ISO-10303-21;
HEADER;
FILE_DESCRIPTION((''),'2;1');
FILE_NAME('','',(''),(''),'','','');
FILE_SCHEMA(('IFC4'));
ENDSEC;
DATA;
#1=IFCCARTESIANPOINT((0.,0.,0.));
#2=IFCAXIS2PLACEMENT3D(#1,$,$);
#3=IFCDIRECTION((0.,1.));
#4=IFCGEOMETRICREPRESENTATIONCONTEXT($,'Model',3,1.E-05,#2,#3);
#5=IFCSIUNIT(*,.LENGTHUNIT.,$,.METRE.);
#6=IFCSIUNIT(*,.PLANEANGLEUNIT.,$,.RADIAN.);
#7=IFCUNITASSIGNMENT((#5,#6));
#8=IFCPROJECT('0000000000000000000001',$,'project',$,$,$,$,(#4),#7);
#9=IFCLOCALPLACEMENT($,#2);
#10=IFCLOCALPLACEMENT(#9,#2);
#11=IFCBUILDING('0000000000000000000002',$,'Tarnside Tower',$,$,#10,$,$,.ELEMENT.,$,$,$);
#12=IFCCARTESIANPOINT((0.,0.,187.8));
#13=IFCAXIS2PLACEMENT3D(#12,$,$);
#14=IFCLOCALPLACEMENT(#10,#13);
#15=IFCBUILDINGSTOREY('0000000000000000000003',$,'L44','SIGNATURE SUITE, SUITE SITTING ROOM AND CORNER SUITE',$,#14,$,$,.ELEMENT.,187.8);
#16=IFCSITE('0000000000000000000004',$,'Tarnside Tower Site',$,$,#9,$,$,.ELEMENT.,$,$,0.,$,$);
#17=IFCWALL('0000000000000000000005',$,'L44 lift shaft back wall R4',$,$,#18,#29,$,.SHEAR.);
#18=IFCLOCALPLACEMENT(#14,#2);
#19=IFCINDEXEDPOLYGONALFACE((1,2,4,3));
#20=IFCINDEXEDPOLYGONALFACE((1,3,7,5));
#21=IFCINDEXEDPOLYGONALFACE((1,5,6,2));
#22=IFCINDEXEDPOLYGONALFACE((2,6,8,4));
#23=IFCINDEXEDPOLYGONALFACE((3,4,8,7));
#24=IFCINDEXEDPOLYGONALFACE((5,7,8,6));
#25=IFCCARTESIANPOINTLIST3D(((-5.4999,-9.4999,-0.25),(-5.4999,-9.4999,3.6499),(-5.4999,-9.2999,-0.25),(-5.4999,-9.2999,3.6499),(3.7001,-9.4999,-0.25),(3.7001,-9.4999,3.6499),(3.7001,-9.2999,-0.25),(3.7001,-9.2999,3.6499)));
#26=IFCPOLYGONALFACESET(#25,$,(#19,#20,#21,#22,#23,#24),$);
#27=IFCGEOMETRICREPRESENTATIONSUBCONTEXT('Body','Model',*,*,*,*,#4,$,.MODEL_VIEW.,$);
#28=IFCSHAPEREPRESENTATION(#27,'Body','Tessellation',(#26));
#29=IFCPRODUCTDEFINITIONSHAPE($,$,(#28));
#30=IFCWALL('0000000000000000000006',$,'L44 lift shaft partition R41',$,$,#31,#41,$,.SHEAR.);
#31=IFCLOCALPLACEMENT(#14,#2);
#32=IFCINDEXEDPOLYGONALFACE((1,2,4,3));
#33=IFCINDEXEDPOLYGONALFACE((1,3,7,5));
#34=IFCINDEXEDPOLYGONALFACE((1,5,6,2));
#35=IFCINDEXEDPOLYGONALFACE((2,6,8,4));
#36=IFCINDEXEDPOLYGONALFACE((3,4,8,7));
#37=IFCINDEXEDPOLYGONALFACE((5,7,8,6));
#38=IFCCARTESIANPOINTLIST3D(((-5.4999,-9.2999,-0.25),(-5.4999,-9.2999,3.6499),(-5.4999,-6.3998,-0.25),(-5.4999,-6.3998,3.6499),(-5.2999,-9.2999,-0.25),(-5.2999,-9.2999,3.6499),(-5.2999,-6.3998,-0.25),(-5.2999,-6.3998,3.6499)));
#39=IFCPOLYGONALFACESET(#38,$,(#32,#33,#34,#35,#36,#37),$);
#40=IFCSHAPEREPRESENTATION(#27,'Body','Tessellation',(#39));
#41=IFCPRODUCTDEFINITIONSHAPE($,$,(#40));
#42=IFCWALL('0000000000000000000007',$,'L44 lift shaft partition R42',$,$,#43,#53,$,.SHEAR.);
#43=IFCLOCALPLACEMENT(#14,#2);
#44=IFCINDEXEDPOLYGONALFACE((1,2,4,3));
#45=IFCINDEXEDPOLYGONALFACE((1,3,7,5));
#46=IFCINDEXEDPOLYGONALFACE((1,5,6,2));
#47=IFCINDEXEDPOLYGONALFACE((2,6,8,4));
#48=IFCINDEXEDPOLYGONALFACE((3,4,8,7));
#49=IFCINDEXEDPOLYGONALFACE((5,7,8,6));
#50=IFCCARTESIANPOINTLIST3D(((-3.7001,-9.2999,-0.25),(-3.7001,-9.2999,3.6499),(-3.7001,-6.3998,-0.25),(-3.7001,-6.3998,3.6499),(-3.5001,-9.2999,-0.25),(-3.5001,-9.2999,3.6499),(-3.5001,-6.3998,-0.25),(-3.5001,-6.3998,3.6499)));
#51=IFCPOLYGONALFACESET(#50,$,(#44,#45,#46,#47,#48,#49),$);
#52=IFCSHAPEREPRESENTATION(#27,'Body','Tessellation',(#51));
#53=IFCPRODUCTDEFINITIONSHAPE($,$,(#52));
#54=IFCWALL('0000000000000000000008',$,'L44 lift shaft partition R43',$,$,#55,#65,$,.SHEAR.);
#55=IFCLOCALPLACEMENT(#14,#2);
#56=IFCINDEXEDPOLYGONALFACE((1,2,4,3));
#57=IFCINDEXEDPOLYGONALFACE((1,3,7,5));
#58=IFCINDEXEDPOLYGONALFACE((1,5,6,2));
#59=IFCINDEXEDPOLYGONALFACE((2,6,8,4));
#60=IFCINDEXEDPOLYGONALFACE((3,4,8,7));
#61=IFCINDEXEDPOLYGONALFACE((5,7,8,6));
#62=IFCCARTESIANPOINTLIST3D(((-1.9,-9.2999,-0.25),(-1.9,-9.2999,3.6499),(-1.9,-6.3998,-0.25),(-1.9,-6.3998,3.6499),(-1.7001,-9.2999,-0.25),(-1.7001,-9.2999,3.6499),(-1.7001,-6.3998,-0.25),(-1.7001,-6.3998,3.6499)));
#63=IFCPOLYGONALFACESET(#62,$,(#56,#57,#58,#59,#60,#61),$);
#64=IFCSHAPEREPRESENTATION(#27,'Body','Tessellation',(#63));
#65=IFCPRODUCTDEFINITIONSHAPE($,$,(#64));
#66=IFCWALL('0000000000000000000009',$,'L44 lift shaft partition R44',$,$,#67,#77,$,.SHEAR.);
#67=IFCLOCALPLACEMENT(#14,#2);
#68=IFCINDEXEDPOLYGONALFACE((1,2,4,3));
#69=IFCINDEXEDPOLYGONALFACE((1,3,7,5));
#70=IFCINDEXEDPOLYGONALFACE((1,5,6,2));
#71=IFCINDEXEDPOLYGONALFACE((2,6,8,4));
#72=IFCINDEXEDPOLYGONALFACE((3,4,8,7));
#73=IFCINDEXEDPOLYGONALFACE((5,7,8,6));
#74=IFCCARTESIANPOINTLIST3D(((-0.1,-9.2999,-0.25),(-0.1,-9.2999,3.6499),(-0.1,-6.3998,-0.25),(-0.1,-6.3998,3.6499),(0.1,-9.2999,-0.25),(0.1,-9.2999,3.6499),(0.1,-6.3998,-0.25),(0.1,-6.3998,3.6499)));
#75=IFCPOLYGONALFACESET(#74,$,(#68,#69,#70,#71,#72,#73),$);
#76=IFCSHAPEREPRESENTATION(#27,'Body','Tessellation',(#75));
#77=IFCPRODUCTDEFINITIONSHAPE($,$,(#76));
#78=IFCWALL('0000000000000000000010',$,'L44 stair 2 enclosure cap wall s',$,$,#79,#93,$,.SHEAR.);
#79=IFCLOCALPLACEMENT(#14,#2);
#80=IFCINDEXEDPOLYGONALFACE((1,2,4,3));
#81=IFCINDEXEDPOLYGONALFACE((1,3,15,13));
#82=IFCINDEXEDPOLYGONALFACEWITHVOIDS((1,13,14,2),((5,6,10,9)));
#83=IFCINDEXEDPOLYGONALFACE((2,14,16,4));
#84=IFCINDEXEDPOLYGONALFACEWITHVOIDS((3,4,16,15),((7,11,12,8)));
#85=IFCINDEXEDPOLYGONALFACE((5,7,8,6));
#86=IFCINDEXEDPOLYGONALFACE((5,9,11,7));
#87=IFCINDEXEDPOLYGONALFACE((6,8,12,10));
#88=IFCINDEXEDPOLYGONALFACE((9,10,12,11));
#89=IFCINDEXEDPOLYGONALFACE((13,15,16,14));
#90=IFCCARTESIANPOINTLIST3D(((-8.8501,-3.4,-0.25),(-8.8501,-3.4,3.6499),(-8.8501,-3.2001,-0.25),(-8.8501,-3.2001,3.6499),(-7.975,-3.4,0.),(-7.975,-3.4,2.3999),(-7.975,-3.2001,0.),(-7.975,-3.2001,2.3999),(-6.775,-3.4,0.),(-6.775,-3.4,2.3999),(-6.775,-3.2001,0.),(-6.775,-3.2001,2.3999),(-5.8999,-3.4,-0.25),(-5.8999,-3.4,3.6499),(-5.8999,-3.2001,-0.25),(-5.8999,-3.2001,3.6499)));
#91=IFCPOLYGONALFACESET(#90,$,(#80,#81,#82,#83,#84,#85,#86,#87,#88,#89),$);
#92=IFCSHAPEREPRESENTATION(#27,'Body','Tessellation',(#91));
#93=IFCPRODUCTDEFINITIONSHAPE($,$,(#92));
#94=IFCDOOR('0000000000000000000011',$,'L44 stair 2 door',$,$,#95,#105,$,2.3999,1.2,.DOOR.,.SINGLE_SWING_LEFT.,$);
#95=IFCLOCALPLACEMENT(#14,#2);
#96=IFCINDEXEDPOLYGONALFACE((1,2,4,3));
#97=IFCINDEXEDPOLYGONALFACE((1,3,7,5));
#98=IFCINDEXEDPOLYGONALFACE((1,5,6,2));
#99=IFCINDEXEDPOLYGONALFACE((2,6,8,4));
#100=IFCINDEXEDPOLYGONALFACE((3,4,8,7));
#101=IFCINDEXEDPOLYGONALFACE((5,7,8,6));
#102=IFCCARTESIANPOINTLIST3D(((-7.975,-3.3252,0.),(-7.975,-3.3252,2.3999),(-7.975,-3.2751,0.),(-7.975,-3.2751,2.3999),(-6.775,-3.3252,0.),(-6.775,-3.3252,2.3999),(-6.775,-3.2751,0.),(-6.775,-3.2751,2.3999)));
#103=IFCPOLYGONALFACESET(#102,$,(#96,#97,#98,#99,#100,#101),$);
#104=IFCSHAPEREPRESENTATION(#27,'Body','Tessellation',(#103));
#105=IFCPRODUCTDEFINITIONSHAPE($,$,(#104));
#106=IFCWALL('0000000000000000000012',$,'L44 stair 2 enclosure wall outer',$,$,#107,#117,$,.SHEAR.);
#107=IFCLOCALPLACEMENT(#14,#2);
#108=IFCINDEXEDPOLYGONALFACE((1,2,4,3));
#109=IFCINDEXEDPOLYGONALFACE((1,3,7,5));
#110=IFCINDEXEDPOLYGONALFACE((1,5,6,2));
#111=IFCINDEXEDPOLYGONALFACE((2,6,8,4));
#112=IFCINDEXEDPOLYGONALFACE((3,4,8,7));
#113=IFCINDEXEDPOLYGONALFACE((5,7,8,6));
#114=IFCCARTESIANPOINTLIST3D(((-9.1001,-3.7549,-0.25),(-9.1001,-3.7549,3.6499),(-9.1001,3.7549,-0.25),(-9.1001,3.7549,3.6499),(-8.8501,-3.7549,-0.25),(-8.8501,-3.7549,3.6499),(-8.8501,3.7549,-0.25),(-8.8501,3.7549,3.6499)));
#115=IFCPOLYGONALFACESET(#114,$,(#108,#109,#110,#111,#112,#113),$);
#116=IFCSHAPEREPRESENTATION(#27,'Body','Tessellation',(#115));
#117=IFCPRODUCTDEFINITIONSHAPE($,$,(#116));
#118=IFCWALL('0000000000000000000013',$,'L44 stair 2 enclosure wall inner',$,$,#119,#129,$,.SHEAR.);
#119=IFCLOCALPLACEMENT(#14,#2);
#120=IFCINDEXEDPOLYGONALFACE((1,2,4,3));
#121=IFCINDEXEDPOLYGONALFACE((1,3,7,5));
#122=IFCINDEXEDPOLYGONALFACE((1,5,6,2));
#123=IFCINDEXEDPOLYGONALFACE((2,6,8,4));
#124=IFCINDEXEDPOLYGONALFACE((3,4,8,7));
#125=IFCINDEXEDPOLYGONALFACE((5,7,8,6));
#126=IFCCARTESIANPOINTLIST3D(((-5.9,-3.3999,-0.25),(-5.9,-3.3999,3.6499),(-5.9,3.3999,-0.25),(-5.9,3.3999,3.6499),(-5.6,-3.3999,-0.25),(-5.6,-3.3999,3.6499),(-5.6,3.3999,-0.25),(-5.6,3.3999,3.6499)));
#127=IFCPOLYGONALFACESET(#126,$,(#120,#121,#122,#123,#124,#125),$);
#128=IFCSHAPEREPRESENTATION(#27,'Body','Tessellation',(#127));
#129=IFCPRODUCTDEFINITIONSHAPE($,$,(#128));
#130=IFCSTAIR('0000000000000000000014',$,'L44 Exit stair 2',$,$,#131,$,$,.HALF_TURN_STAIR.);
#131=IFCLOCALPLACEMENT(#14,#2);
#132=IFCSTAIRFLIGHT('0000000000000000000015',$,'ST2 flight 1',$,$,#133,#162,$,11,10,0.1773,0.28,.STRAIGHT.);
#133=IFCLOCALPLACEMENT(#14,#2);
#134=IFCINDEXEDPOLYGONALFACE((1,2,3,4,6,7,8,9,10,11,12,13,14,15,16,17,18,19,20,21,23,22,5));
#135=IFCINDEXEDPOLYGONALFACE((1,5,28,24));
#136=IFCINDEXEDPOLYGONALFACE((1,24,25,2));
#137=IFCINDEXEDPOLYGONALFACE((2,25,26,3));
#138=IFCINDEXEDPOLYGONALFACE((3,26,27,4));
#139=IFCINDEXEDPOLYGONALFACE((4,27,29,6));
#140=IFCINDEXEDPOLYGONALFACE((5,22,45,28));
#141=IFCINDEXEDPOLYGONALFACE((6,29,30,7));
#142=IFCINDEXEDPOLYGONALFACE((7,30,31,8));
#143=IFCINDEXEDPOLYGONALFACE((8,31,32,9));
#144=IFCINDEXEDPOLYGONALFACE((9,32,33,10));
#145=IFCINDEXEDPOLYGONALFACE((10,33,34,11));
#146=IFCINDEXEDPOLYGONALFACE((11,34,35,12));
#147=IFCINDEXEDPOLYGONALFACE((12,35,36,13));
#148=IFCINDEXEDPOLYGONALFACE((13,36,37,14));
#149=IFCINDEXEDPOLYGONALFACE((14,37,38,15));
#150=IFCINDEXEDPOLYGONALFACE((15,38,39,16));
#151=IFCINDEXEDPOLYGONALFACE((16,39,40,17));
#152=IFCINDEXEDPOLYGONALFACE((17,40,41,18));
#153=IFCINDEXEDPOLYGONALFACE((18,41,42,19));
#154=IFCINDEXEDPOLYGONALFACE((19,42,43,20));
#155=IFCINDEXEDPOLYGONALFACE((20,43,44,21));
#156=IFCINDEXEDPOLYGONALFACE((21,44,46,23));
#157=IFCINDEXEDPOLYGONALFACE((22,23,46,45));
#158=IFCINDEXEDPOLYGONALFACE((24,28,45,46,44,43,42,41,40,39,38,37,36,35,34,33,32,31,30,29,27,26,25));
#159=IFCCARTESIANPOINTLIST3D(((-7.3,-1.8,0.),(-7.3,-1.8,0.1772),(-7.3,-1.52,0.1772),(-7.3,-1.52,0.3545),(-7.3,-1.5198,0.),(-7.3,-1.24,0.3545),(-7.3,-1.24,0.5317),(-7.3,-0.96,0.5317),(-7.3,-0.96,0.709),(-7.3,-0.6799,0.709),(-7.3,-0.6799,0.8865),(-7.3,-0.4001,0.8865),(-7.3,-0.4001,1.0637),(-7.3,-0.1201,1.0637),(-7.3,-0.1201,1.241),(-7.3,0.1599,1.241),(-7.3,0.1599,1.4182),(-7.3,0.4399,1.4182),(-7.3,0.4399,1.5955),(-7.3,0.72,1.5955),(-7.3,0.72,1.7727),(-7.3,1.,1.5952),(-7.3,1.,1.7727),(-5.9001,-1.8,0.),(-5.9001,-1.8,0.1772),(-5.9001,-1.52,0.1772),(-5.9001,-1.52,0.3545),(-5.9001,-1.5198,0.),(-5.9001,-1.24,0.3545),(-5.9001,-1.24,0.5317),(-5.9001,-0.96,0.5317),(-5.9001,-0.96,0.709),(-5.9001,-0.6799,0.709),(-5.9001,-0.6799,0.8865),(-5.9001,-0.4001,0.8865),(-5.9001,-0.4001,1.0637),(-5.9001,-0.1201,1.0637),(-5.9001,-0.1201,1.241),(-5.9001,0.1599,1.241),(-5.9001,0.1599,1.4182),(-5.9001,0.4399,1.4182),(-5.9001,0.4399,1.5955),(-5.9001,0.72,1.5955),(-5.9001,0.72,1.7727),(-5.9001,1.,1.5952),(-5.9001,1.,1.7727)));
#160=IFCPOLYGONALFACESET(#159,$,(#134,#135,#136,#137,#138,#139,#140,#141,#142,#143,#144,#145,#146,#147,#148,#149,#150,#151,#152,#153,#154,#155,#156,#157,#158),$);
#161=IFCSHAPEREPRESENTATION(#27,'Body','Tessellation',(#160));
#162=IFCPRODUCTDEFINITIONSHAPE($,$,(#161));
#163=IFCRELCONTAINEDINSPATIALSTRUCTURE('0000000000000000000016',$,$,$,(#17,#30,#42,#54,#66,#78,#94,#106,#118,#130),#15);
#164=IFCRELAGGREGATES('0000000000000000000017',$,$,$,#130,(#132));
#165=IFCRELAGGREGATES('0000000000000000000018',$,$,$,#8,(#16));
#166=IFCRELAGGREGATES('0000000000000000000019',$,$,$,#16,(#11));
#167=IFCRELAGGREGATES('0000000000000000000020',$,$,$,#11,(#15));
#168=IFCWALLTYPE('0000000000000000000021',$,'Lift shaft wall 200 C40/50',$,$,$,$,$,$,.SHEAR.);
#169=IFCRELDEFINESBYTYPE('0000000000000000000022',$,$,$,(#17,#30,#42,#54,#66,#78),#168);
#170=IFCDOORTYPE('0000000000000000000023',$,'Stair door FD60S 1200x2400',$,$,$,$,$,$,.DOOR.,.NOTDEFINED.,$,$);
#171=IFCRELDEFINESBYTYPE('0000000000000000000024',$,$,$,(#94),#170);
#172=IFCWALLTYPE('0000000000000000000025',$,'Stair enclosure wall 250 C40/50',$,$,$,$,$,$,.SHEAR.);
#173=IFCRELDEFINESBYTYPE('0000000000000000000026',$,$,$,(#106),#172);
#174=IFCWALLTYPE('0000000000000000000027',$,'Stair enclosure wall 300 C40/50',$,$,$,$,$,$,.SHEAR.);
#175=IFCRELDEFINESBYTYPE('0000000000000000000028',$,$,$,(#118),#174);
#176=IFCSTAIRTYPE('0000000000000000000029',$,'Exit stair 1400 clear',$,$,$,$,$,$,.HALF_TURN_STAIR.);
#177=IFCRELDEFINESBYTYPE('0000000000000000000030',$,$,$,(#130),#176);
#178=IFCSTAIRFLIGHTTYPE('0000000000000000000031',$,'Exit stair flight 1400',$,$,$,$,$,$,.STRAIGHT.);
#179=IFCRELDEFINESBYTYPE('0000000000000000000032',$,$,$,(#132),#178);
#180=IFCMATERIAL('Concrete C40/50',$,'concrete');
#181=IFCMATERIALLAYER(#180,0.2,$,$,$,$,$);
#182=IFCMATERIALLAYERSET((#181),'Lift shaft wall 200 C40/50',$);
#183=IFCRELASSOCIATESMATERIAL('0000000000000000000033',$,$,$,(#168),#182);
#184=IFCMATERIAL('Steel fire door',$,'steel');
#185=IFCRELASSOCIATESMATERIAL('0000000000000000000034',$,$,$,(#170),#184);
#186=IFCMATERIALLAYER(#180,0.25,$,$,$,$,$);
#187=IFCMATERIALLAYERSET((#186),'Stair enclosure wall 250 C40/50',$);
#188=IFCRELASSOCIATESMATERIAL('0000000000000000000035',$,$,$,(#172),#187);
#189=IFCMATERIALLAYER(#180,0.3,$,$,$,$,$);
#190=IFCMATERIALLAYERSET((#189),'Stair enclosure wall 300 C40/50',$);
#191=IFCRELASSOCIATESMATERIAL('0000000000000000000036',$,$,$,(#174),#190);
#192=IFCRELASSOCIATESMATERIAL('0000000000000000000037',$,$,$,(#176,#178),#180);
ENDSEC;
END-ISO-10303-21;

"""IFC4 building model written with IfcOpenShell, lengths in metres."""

from ifc_helpers import new_model, si_unit, direction, frame, frame_2d, origin, place, context, subcontext, project, spatial, polyline, rectangle, outline, extrude, material, layer, layer_set, type_object, element, fill, aggregate, save


model = new_model("IFC4")

# Units and contexts
model_context = context("Model", 3, precision=1e-05, world=origin(), true_north=direction((0.0, 1.0)))
body_context = subcontext(model_context, "Body", "Model", "MODEL_VIEW")
ifc_project = project(units=[si_unit("LENGTHUNIT", "METRE"), si_unit("PLANEANGLEUNIT", "RADIAN")], contexts=[model_context])

# Site, building, storey
site_placement = place(None, origin())
site = spatial("IfcSite", under=ifc_project, at=site_placement, Name="Tarnside Tower Site", CompositionType="ELEMENT", RefElevation=0.0)
building_placement = place(site_placement, origin())
building = spatial("IfcBuilding", under=site, at=building_placement, Name="Tarnside Tower", CompositionType="ELEMENT")
storey_placement = place(building_placement, frame((0.0, 0.0, 187.8)))
storey = spatial("IfcBuildingStorey", under=building, at=storey_placement, Name="L44", Description="SIGNATURE SUITE, SUITE SITTING ROOM AND CORNER SUITE", CompositionType="ELEMENT", Elevation=187.8)

# Shared definitions
ifc_material_1 = material(Name="Concrete C40/50", Category="concrete")
ifc_material_2 = material(Name="Steel fire door", Category="steel")

# Shared definitions
ifc_layer_1 = layer(ifc_material_1, 0.2)
ifc_layer_set_1 = layer_set([ifc_layer_1], Name="Lift shaft wall 200 C40/50")
wall_type_1 = type_object("IfcWallType", Name="Lift shaft wall 200 C40/50", PredefinedType="SHEAR", material=ifc_layer_set_1)

# Walls
wall_1_placement = place(storey_placement, frame((-5.5, -9.3999, -0.25), z_axis=(0.0, 0.0, 1.0), x_axis=(1.0, 0.0, 0.0)))
element("IfcWall", 1, at=wall_1_placement, inside=storey, type_object=wall_type_1, Name="L44 lift shaft back wall R4", PredefinedType="SHEAR", context=body_context, shape_type="SweptSolid", body=[
    extrude(rectangle(XDim=9.2, YDim=0.2, at=frame_2d((4.6001, 0.0))), origin(), (0.0, 0.0, 1.0), 3.8999),
])
for number, where, z_axis, x_axis, name in (
    (2, (-5.3999, -9.3, -0.25), (0.0, 0.0, 1.0), (0.0, 1.0, 0.0), "L44 lift shaft partition R41"),
    (3, (-3.6001, -9.3, -0.25), (0.0, 0.0, 1.0), (0.0, 1.0, 0.0), "L44 lift shaft partition R42"),
    (4, (-1.8, -9.3, -0.25), (0.0, 0.0, 1.0), (0.0, 1.0, 0.0), "L44 lift shaft partition R43"),
    (5, (0.0, -9.3, -0.25), (0.0, 0.0, 1.0), (0.0, 1.0, 0.0), "L44 lift shaft partition R44"),
):
    element("IfcWall", number, at=place(storey_placement, frame(where, z_axis=z_axis, x_axis=x_axis)), inside=storey, type_object=wall_type_1, Name=name, PredefinedType="SHEAR", context=body_context, shape_type="SweptSolid", body=[
        extrude(rectangle(XDim=2.9001, YDim=0.2, at=frame_2d((1.4502, 0.0))), origin(), (0.0, 0.0, 1.0), 3.8999),
    ])

# Wall, opening, door
wall_2_placement = place(storey_placement, frame((-8.8501, -3.3, -0.25), z_axis=(0.0, 0.0, 1.0), x_axis=(1.0, 0.0, 0.0)))
wall_2 = element("IfcWall", 6, at=wall_2_placement, inside=storey, type_object=wall_type_1, Name="L44 stair 2 enclosure cap wall s", PredefinedType="SHEAR", context=body_context, shape_type="SweptSolid", body=[
    extrude(rectangle(XDim=2.9502, YDim=0.2, at=frame_2d((1.4751, 0.0))), origin(), (0.0, 0.0, 1.0), 3.8999),
])
opening_1_placement = place(wall_2_placement, frame((0.875, 0.0, 0.25)))
opening_1 = element("IfcOpeningElement", 7, at=opening_1_placement, cuts=wall_2, PredefinedType="OPENING", context=body_context, shape_type="SweptSolid", body=[
    extrude(rectangle(XDim=1.2, YDim=2.3999, at=frame_2d((0.6001, 1.2))), frame((0.0, 0.1099, 0.0), z_axis=(0.0, -1.0, 0.0), x_axis=(1.0, 0.0, 0.0)), (0.0, 0.0, 1.0), 0.22),
])
door_type_1 = type_object("IfcDoorType", Name="Stair door FD60S 1200x2400", OperationType="NOTDEFINED", PredefinedType="DOOR", material=ifc_material_2)
door_1_placement = place(opening_1_placement, origin())
door_1 = element("IfcDoor", 8, at=door_1_placement, inside=storey, type_object=door_type_1, Name="L44 stair 2 door", OperationType="SINGLE_SWING_LEFT", OverallHeight=2.3999, OverallWidth=1.2, PredefinedType="DOOR", context=body_context, shape_type="SweptSolid", body=[
    extrude(rectangle(XDim=1.2, YDim=2.3999, at=frame_2d((0.6001, 1.2))), frame((0.0, 0.0249, 0.0), z_axis=(0.0, -1.0, 0.0), x_axis=(1.0, 0.0, 0.0)), (0.0, 0.0, 1.0), 0.05),
])
fill(opening_1, door_1)

# Walls
ifc_layer_2 = layer(ifc_material_1, 0.25)
ifc_layer_set_2 = layer_set([ifc_layer_2], Name="Stair enclosure wall 250 C40/50")
wall_type_2 = type_object("IfcWallType", Name="Stair enclosure wall 250 C40/50", PredefinedType="SHEAR", material=ifc_layer_set_2)
wall_3_placement = place(storey_placement, frame((-8.9751, -3.7549, -0.25), z_axis=(0.0, 0.0, 1.0), x_axis=(0.0, 1.0, 0.0)))
element("IfcWall", 9, at=wall_3_placement, inside=storey, type_object=wall_type_2, Name="L44 stair 2 enclosure wall outer", PredefinedType="SHEAR", context=body_context, shape_type="SweptSolid", body=[
    extrude(rectangle(XDim=7.5098, YDim=0.25, at=frame_2d((3.7549, 0.0))), origin(), (0.0, 0.0, 1.0), 3.8999),
])
ifc_layer_3 = layer(ifc_material_1, 0.3)
ifc_layer_set_3 = layer_set([ifc_layer_3], Name="Stair enclosure wall 300 C40/50")
wall_type_3 = type_object("IfcWallType", Name="Stair enclosure wall 300 C40/50", PredefinedType="SHEAR", material=ifc_layer_set_3)
wall_4_placement = place(storey_placement, frame((-5.75, -3.3999, -0.25), z_axis=(0.0, 0.0, 1.0), x_axis=(0.0, 1.0, 0.0)))
element("IfcWall", 10, at=wall_4_placement, inside=storey, type_object=wall_type_3, Name="L44 stair 2 enclosure wall inner", PredefinedType="SHEAR", context=body_context, shape_type="SweptSolid", body=[
    extrude(rectangle(XDim=6.7998, YDim=0.3, at=frame_2d((3.3999, 0.0))), origin(), (0.0, 0.0, 1.0), 3.8999),
])

# Stair, stair flight
stair_type = type_object("IfcStairType", Name="Exit stair 1400 clear", PredefinedType="HALF_TURN_STAIR", material=ifc_material_1)
stair_placement = place(storey_placement, origin())
stair = element("IfcStair", 11, at=stair_placement, inside=storey, type_object=stair_type, Name="L44 Exit stair 2", PredefinedType="HALF_TURN_STAIR")
stair_flight_type = type_object("IfcStairFlightType", Name="Exit stair flight 1400", PredefinedType="STRAIGHT", material=ifc_material_1)
stair_flight_placement = place(storey_placement, frame((-6.6001, -1.8, 0.0), z_axis=(0.0, 0.0, 1.0), x_axis=(0.0, 1.0, 0.0)))
stair_flight = element("IfcStairFlight", 12, at=stair_flight_placement, type_object=stair_flight_type, Name="ST2 flight 1", NumberOfRisers=11, NumberOfTreads=10, PredefinedType="STRAIGHT", RiserHeight=0.1773, TreadLength=0.28, context=body_context, shape_type="SweptSolid", body=[
    extrude(outline(polyline([(0.0, 0.0), (0.0, 0.1772), (0.28, 0.1772), (0.28, 0.3545), (0.5601, 0.3545), (0.5601, 0.5317), (0.8401, 0.5317), (0.8401, 0.709), (1.1201, 0.709), (1.1201, 0.8865), (1.3999, 0.8865), (1.3999, 1.0637), (1.6799, 1.0637), (1.6799, 1.241), (1.96, 1.241), (1.96, 1.4182), (2.24, 1.4182), (2.24, 1.5955), (2.52, 1.5955), (2.52, 1.7727), (2.8, 1.7727), (2.8, 1.95), (2.8, 1.5952), (0.2803, 0.0), (0.0, 0.0)])), frame((0.0, 0.7, 0.0), z_axis=(0.0, -1.0, 0.0), x_axis=(1.0, 0.0, 0.0)), (0.0, 0.0, 1.0), 1.3999),
])
aggregate(stair, [stair_flight])

save(model, "model.ifc")
